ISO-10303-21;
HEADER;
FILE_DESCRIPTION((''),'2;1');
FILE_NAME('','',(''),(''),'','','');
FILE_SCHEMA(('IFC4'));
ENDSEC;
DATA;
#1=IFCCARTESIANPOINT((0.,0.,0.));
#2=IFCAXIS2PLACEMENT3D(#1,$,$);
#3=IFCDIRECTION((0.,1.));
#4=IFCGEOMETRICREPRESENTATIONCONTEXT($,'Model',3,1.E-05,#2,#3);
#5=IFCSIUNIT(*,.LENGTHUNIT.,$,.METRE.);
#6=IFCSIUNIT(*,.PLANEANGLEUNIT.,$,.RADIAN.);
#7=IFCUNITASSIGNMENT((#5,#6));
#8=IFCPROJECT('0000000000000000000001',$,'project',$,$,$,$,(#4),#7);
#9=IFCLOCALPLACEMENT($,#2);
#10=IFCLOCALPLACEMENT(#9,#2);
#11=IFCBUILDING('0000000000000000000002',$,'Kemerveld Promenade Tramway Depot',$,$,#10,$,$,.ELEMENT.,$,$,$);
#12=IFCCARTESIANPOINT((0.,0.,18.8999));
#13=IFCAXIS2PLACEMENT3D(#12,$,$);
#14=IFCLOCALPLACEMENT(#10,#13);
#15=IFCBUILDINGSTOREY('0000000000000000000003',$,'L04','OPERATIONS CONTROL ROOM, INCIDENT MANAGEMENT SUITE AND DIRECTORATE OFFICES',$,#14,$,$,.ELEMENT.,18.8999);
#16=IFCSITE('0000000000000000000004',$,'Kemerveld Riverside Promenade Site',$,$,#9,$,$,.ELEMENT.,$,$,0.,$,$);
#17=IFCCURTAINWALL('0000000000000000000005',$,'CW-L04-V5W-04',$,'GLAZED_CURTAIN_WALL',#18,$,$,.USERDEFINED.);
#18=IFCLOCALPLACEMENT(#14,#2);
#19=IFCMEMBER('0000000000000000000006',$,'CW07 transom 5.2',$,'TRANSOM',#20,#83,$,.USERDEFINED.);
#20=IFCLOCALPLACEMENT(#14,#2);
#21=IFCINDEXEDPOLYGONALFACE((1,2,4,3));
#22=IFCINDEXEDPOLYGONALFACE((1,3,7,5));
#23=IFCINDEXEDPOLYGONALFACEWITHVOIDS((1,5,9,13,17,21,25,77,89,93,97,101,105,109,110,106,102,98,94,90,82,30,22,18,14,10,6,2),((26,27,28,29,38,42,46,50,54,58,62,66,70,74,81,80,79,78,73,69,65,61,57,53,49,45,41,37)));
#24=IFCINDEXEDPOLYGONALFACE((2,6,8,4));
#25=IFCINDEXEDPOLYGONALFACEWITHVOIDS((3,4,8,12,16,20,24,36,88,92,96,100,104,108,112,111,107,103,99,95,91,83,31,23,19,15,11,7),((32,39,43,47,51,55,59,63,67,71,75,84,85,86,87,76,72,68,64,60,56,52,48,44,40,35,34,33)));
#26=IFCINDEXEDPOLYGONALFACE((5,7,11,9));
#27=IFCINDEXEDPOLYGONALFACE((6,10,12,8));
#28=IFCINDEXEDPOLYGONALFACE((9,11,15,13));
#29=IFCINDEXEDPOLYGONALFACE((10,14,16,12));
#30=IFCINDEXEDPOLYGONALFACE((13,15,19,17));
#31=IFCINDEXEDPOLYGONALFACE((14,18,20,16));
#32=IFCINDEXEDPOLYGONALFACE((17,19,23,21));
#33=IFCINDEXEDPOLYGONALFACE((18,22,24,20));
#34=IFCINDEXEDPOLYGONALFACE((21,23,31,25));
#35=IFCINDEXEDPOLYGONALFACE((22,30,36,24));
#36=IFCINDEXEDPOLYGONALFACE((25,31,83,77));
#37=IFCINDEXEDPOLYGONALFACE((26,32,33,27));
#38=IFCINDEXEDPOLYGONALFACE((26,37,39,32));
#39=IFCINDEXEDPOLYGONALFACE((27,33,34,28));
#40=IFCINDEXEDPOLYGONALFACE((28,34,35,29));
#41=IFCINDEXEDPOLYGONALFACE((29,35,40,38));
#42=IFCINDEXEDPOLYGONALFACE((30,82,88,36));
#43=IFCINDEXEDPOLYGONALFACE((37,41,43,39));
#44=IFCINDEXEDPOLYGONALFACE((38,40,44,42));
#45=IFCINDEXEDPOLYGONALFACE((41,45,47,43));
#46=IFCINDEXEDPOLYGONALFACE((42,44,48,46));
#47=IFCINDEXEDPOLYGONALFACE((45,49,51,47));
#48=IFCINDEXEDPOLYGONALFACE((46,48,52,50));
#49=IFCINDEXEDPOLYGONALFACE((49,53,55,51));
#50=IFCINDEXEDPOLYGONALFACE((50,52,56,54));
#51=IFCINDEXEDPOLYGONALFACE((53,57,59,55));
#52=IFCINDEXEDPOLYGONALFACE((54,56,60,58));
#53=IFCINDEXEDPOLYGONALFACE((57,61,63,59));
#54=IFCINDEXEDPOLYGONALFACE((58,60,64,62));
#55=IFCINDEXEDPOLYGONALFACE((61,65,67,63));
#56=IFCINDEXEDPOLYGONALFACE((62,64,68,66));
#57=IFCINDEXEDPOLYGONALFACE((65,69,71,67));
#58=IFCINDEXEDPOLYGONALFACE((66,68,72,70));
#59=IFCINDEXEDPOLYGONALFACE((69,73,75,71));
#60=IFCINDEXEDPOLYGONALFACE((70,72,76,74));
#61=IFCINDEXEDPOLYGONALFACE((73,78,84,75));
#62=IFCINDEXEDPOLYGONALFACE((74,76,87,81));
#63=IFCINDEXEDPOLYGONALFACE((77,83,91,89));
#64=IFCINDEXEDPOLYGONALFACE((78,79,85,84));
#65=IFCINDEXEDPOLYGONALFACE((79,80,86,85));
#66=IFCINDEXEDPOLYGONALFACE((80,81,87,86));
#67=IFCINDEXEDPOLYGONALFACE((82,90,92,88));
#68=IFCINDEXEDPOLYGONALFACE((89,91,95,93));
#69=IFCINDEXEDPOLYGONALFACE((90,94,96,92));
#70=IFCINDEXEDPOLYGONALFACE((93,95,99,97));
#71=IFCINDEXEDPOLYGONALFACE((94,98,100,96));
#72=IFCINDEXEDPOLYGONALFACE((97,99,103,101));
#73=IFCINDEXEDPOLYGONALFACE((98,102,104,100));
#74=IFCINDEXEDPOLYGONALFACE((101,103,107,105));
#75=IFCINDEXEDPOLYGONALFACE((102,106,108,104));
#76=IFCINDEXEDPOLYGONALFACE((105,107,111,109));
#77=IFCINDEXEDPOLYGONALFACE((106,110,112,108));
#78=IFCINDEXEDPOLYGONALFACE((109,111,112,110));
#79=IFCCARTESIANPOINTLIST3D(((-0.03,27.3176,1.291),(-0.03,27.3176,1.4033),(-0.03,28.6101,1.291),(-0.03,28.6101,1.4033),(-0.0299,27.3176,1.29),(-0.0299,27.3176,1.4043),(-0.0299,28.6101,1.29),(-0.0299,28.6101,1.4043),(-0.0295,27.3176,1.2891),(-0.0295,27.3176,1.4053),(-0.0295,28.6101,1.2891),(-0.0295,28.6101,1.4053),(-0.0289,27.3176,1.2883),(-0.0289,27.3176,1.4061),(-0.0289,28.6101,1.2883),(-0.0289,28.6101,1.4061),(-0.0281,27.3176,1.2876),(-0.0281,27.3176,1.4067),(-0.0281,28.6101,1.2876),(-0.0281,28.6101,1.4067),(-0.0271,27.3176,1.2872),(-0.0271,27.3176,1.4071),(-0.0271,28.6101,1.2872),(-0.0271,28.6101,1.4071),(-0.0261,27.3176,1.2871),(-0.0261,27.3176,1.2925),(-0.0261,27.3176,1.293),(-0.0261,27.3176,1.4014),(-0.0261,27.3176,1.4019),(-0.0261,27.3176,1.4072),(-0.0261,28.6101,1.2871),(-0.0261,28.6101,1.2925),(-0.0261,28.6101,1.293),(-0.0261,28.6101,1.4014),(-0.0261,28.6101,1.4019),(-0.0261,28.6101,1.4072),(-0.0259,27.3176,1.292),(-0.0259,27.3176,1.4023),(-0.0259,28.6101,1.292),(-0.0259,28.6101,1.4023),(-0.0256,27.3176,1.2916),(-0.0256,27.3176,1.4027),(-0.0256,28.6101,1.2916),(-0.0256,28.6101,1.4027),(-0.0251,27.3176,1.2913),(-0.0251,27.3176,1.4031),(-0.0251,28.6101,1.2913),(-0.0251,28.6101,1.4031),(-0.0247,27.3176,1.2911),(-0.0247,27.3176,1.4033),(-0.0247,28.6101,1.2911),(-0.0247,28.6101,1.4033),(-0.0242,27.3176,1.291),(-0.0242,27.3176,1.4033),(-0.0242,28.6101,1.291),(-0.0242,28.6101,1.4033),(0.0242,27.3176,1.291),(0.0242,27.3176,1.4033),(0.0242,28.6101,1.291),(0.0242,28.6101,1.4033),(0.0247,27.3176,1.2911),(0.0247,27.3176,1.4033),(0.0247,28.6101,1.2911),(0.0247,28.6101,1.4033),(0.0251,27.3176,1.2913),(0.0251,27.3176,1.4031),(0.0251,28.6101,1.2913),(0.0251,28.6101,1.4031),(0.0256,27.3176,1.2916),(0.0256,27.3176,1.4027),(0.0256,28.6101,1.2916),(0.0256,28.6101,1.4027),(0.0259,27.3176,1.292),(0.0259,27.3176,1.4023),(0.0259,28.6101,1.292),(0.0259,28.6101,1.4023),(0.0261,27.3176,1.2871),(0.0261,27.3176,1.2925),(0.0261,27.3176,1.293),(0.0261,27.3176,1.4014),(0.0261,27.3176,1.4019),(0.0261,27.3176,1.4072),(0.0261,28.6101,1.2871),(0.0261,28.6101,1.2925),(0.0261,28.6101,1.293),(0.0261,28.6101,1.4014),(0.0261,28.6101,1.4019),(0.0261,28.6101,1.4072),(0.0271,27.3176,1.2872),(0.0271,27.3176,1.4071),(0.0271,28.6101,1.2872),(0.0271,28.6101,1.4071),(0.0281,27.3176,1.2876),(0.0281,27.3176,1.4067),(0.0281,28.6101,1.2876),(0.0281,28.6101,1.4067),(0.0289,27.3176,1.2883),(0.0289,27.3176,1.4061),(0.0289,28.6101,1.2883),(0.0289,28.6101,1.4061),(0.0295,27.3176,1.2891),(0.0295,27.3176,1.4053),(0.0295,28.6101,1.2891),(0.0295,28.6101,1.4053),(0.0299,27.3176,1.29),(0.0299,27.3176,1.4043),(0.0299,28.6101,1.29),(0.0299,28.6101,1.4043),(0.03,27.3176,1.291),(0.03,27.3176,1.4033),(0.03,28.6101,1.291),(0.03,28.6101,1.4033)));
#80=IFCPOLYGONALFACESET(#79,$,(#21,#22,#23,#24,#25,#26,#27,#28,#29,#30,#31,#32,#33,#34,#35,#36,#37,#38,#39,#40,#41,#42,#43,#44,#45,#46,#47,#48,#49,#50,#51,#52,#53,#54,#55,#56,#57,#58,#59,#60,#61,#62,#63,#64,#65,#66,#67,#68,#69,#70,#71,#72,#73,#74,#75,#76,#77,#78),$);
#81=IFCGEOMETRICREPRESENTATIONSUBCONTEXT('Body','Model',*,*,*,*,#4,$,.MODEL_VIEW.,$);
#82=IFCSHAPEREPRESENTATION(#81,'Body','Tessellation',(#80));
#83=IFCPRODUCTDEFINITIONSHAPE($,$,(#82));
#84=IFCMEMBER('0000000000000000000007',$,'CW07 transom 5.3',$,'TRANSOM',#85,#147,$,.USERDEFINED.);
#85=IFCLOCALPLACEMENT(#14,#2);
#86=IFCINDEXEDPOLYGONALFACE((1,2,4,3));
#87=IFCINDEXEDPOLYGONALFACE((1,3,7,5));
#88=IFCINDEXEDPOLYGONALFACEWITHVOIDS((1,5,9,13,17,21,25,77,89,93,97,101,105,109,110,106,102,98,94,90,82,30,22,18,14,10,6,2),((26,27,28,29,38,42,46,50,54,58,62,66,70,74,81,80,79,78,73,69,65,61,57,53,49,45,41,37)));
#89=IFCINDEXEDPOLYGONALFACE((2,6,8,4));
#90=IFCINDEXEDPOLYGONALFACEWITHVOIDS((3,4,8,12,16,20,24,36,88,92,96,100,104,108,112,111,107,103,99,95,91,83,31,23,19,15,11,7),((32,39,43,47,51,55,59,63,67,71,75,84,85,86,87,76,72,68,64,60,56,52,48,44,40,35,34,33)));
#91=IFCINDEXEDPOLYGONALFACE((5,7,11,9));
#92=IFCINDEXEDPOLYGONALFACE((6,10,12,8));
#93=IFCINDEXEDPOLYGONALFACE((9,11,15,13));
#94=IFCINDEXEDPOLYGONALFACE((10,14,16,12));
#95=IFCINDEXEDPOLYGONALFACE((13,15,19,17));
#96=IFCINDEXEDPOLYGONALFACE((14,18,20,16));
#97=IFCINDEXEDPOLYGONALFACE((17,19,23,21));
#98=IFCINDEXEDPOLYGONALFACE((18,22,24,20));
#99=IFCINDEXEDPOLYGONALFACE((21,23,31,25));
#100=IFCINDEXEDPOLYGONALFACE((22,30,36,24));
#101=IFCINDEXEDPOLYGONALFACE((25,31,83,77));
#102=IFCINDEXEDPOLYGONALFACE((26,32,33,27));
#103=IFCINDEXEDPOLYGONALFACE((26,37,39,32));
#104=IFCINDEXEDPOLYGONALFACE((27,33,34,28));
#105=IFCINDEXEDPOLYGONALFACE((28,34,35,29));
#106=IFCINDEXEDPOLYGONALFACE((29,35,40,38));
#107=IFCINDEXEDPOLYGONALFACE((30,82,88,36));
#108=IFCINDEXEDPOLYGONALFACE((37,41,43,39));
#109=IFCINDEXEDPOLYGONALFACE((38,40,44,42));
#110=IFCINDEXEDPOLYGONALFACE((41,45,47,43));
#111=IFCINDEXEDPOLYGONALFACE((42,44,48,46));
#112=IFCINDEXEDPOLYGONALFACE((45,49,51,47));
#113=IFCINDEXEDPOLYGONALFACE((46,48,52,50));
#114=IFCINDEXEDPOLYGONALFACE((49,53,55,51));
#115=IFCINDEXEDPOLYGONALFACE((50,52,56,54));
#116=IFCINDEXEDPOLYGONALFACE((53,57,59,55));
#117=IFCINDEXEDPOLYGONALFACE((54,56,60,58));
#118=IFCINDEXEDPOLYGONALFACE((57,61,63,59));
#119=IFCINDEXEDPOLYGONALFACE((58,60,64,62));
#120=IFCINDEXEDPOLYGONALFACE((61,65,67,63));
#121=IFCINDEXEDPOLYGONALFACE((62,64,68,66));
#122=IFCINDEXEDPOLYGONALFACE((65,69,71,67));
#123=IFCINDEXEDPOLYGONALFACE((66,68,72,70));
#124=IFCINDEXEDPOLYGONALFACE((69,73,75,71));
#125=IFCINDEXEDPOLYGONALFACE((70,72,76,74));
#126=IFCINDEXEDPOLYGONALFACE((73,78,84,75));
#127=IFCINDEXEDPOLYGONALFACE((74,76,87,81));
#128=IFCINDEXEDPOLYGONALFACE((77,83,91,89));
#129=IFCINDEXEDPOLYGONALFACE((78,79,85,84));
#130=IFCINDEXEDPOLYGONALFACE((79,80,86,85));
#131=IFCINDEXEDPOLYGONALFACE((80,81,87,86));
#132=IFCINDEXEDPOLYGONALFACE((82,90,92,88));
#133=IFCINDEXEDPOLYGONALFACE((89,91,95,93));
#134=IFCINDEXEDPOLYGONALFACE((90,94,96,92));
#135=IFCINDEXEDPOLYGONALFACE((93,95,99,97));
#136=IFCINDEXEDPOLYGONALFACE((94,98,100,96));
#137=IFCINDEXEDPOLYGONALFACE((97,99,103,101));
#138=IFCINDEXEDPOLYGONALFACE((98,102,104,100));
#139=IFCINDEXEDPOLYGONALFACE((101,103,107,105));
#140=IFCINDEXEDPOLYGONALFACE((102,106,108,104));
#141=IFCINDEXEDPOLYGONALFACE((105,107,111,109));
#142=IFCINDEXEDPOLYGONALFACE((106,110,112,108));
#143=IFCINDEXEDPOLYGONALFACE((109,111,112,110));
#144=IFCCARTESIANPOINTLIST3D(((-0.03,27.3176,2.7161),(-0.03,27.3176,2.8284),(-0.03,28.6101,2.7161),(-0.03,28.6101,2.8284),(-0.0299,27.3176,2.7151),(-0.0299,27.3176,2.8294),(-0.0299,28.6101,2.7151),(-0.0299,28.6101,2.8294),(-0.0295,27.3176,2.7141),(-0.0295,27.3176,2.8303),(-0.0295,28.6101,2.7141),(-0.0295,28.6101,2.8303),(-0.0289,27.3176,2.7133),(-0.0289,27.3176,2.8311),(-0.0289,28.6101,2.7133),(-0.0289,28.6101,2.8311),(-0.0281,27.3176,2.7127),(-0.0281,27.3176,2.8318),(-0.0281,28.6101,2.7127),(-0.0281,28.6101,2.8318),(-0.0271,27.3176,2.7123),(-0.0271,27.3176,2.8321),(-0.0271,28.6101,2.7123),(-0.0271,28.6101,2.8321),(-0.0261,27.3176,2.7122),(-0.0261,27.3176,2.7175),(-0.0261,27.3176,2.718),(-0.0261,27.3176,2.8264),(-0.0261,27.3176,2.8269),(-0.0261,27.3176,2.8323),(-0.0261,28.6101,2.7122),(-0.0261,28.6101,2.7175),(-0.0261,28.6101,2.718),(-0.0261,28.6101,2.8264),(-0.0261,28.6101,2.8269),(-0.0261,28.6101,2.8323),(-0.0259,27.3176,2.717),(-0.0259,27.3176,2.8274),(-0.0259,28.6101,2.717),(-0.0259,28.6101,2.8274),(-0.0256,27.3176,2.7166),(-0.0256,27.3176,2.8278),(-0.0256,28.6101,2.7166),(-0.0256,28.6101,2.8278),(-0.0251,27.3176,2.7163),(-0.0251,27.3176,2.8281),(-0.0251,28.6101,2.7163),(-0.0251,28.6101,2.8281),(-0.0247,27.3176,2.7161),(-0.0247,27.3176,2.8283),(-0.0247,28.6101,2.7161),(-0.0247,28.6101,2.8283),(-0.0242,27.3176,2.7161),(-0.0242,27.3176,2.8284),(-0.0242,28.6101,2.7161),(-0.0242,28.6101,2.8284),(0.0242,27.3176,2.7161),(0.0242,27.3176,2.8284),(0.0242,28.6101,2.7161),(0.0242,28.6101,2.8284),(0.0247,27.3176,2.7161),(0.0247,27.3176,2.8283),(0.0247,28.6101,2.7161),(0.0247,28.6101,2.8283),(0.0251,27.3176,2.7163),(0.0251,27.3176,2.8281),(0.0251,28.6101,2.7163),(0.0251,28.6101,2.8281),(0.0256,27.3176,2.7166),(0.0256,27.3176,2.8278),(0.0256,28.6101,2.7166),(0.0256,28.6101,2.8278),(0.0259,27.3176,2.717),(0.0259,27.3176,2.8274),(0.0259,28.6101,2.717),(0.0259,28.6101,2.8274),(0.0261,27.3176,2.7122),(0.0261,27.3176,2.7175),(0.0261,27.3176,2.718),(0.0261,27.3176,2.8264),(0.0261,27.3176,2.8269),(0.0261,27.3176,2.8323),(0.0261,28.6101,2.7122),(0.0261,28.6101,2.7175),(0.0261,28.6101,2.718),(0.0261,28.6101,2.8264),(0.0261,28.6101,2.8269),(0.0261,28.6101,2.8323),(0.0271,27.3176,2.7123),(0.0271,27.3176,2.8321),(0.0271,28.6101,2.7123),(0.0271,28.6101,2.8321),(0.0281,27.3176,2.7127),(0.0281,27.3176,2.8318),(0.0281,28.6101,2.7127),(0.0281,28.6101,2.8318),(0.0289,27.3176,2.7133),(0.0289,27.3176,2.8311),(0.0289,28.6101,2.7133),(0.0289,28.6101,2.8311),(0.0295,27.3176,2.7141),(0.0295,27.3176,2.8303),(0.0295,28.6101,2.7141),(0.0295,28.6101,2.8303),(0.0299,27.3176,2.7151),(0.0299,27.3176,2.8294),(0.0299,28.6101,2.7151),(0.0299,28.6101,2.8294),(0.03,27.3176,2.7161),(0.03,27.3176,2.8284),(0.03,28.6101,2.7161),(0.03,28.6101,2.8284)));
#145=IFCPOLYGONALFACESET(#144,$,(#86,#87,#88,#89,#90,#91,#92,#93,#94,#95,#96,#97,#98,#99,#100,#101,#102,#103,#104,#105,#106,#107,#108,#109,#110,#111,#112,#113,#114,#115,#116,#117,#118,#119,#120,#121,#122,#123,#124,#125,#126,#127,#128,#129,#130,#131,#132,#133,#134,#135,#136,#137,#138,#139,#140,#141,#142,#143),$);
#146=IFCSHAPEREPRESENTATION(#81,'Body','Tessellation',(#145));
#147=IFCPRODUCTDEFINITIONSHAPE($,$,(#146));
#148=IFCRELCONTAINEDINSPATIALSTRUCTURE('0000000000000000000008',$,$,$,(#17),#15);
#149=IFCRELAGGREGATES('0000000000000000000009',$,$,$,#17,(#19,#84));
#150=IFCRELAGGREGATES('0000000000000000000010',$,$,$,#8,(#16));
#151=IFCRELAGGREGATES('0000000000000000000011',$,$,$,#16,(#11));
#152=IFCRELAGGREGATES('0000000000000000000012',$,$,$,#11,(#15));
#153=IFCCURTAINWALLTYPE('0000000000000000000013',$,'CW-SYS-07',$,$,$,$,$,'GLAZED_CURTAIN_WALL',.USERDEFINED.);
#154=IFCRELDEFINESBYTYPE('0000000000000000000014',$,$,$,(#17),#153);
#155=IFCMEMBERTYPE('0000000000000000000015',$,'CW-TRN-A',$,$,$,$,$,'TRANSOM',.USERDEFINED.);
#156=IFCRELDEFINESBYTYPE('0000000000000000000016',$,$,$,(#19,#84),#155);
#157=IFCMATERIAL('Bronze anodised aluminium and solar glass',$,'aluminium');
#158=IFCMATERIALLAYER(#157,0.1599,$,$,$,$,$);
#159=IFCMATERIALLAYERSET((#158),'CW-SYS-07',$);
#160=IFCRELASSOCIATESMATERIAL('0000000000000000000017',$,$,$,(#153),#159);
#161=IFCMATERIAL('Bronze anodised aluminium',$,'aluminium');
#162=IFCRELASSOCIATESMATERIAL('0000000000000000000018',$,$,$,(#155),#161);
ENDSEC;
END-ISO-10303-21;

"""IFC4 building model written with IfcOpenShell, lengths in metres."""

from ifc_helpers import new_model, si_unit, direction, frame, origin, origin_2d, place, context, subcontext, project, spatial, hollow_rectangle, extrude, material, layer, layer_set, material_profile, profile_set, type_object, element, aggregate, save


model = new_model("IFC4")

# Units and contexts
model_context = context("Model", 3, precision=1e-05, world=origin(), true_north=direction((0.0, 1.0)))
body_context = subcontext(model_context, "Body", "Model", "MODEL_VIEW")
ifc_project = project(units=[si_unit("LENGTHUNIT", "METRE"), si_unit("PLANEANGLEUNIT", "RADIAN")], contexts=[model_context])

# Site, building, storey
site_placement = place(None, origin())
site = spatial("IfcSite", under=ifc_project, at=site_placement, Name="Kemerveld Riverside Promenade Site", CompositionType="ELEMENT", RefElevation=0.0)
building_placement = place(site_placement, origin())
building = spatial("IfcBuilding", under=site, at=building_placement, Name="Kemerveld Promenade Tramway Depot", CompositionType="ELEMENT")
storey_placement = place(building_placement, frame((0.0, 0.0, 18.8999)))
storey = spatial("IfcBuildingStorey", under=building, at=storey_placement, Name="L04", Description="OPERATIONS CONTROL ROOM, INCIDENT MANAGEMENT SUITE AND DIRECTORATE OFFICES", CompositionType="ELEMENT", Elevation=18.8999)

# Curtain wall, members
ifc_material_1 = material(Name="Bronze anodised aluminium and solar glass", Category="aluminium")
ifc_layer_1 = layer(ifc_material_1, 0.1599)
ifc_layer_set_1 = layer_set([ifc_layer_1], Name="CW-SYS-07")
curtain_wall_type = type_object("IfcCurtainWallType", Name="CW-SYS-07", ElementType="GLAZED_CURTAIN_WALL", PredefinedType="USERDEFINED", material=ifc_layer_set_1)
curtain_wall_placement = place(storey_placement, origin())
curtain_wall = element("IfcCurtainWall", 1, at=curtain_wall_placement, inside=storey, type_object=curtain_wall_type, Name="CW-L04-V5W-04", ObjectType="GLAZED_CURTAIN_WALL", PredefinedType="USERDEFINED")
ifc_material_2 = material(Name="Bronze anodised aluminium", Category="aluminium")
ifc_material_profile_1 = material_profile(ifc_material_2, hollow_rectangle(XDim=0.0601, YDim=0.1201, WallThickness=0.0039, InnerFilletRadius=0.002, OuterFilletRadius=0.0039, at=origin_2d()), Name="CW-TRN-120x60")
ifc_profile_set_1 = profile_set([ifc_material_profile_1], Name="Bronze anodised aluminium")
member_type_1 = type_object("IfcMemberType", Name="CW-TRN-A", ElementType="TRANSOM", PredefinedType="USERDEFINED", material=ifc_profile_set_1)
member_1_placement = place(storey_placement, frame((0.0, 27.3176, 1.3472), z_axis=(0.0, 1.0, 0.0), x_axis=(-1.0, 0.0, 0.0)))
member_1 = element("IfcMember", 2, at=member_1_placement, type_object=member_type_1, Name="CW07 transom 5.2", ObjectType="TRANSOM", PredefinedType="USERDEFINED", context=body_context, shape_type="SweptSolid", body=[
    extrude(hollow_rectangle(XDim=0.0601, YDim=0.1201, WallThickness=0.0039, InnerFilletRadius=0.002, OuterFilletRadius=0.0039, at=origin_2d()), origin(), (0.0, 0.0, 1.0), 1.2925),
])
member_2_placement = place(storey_placement, frame((0.0, 27.3176, 2.7722), z_axis=(0.0, 1.0, 0.0), x_axis=(-1.0, 0.0, 0.0)))
member_2 = element("IfcMember", 3, at=member_2_placement, type_object=member_type_1, Name="CW07 transom 5.3", ObjectType="TRANSOM", PredefinedType="USERDEFINED", context=body_context, shape_type="SweptSolid", body=[
    extrude(hollow_rectangle(XDim=0.0601, YDim=0.1201, WallThickness=0.0039, InnerFilletRadius=0.002, OuterFilletRadius=0.0039, at=origin_2d()), origin(), (0.0, 0.0, 1.0), 1.2925),
])

aggregate(curtain_wall, [member_1, member_2])

save(model, "model.ifc")
